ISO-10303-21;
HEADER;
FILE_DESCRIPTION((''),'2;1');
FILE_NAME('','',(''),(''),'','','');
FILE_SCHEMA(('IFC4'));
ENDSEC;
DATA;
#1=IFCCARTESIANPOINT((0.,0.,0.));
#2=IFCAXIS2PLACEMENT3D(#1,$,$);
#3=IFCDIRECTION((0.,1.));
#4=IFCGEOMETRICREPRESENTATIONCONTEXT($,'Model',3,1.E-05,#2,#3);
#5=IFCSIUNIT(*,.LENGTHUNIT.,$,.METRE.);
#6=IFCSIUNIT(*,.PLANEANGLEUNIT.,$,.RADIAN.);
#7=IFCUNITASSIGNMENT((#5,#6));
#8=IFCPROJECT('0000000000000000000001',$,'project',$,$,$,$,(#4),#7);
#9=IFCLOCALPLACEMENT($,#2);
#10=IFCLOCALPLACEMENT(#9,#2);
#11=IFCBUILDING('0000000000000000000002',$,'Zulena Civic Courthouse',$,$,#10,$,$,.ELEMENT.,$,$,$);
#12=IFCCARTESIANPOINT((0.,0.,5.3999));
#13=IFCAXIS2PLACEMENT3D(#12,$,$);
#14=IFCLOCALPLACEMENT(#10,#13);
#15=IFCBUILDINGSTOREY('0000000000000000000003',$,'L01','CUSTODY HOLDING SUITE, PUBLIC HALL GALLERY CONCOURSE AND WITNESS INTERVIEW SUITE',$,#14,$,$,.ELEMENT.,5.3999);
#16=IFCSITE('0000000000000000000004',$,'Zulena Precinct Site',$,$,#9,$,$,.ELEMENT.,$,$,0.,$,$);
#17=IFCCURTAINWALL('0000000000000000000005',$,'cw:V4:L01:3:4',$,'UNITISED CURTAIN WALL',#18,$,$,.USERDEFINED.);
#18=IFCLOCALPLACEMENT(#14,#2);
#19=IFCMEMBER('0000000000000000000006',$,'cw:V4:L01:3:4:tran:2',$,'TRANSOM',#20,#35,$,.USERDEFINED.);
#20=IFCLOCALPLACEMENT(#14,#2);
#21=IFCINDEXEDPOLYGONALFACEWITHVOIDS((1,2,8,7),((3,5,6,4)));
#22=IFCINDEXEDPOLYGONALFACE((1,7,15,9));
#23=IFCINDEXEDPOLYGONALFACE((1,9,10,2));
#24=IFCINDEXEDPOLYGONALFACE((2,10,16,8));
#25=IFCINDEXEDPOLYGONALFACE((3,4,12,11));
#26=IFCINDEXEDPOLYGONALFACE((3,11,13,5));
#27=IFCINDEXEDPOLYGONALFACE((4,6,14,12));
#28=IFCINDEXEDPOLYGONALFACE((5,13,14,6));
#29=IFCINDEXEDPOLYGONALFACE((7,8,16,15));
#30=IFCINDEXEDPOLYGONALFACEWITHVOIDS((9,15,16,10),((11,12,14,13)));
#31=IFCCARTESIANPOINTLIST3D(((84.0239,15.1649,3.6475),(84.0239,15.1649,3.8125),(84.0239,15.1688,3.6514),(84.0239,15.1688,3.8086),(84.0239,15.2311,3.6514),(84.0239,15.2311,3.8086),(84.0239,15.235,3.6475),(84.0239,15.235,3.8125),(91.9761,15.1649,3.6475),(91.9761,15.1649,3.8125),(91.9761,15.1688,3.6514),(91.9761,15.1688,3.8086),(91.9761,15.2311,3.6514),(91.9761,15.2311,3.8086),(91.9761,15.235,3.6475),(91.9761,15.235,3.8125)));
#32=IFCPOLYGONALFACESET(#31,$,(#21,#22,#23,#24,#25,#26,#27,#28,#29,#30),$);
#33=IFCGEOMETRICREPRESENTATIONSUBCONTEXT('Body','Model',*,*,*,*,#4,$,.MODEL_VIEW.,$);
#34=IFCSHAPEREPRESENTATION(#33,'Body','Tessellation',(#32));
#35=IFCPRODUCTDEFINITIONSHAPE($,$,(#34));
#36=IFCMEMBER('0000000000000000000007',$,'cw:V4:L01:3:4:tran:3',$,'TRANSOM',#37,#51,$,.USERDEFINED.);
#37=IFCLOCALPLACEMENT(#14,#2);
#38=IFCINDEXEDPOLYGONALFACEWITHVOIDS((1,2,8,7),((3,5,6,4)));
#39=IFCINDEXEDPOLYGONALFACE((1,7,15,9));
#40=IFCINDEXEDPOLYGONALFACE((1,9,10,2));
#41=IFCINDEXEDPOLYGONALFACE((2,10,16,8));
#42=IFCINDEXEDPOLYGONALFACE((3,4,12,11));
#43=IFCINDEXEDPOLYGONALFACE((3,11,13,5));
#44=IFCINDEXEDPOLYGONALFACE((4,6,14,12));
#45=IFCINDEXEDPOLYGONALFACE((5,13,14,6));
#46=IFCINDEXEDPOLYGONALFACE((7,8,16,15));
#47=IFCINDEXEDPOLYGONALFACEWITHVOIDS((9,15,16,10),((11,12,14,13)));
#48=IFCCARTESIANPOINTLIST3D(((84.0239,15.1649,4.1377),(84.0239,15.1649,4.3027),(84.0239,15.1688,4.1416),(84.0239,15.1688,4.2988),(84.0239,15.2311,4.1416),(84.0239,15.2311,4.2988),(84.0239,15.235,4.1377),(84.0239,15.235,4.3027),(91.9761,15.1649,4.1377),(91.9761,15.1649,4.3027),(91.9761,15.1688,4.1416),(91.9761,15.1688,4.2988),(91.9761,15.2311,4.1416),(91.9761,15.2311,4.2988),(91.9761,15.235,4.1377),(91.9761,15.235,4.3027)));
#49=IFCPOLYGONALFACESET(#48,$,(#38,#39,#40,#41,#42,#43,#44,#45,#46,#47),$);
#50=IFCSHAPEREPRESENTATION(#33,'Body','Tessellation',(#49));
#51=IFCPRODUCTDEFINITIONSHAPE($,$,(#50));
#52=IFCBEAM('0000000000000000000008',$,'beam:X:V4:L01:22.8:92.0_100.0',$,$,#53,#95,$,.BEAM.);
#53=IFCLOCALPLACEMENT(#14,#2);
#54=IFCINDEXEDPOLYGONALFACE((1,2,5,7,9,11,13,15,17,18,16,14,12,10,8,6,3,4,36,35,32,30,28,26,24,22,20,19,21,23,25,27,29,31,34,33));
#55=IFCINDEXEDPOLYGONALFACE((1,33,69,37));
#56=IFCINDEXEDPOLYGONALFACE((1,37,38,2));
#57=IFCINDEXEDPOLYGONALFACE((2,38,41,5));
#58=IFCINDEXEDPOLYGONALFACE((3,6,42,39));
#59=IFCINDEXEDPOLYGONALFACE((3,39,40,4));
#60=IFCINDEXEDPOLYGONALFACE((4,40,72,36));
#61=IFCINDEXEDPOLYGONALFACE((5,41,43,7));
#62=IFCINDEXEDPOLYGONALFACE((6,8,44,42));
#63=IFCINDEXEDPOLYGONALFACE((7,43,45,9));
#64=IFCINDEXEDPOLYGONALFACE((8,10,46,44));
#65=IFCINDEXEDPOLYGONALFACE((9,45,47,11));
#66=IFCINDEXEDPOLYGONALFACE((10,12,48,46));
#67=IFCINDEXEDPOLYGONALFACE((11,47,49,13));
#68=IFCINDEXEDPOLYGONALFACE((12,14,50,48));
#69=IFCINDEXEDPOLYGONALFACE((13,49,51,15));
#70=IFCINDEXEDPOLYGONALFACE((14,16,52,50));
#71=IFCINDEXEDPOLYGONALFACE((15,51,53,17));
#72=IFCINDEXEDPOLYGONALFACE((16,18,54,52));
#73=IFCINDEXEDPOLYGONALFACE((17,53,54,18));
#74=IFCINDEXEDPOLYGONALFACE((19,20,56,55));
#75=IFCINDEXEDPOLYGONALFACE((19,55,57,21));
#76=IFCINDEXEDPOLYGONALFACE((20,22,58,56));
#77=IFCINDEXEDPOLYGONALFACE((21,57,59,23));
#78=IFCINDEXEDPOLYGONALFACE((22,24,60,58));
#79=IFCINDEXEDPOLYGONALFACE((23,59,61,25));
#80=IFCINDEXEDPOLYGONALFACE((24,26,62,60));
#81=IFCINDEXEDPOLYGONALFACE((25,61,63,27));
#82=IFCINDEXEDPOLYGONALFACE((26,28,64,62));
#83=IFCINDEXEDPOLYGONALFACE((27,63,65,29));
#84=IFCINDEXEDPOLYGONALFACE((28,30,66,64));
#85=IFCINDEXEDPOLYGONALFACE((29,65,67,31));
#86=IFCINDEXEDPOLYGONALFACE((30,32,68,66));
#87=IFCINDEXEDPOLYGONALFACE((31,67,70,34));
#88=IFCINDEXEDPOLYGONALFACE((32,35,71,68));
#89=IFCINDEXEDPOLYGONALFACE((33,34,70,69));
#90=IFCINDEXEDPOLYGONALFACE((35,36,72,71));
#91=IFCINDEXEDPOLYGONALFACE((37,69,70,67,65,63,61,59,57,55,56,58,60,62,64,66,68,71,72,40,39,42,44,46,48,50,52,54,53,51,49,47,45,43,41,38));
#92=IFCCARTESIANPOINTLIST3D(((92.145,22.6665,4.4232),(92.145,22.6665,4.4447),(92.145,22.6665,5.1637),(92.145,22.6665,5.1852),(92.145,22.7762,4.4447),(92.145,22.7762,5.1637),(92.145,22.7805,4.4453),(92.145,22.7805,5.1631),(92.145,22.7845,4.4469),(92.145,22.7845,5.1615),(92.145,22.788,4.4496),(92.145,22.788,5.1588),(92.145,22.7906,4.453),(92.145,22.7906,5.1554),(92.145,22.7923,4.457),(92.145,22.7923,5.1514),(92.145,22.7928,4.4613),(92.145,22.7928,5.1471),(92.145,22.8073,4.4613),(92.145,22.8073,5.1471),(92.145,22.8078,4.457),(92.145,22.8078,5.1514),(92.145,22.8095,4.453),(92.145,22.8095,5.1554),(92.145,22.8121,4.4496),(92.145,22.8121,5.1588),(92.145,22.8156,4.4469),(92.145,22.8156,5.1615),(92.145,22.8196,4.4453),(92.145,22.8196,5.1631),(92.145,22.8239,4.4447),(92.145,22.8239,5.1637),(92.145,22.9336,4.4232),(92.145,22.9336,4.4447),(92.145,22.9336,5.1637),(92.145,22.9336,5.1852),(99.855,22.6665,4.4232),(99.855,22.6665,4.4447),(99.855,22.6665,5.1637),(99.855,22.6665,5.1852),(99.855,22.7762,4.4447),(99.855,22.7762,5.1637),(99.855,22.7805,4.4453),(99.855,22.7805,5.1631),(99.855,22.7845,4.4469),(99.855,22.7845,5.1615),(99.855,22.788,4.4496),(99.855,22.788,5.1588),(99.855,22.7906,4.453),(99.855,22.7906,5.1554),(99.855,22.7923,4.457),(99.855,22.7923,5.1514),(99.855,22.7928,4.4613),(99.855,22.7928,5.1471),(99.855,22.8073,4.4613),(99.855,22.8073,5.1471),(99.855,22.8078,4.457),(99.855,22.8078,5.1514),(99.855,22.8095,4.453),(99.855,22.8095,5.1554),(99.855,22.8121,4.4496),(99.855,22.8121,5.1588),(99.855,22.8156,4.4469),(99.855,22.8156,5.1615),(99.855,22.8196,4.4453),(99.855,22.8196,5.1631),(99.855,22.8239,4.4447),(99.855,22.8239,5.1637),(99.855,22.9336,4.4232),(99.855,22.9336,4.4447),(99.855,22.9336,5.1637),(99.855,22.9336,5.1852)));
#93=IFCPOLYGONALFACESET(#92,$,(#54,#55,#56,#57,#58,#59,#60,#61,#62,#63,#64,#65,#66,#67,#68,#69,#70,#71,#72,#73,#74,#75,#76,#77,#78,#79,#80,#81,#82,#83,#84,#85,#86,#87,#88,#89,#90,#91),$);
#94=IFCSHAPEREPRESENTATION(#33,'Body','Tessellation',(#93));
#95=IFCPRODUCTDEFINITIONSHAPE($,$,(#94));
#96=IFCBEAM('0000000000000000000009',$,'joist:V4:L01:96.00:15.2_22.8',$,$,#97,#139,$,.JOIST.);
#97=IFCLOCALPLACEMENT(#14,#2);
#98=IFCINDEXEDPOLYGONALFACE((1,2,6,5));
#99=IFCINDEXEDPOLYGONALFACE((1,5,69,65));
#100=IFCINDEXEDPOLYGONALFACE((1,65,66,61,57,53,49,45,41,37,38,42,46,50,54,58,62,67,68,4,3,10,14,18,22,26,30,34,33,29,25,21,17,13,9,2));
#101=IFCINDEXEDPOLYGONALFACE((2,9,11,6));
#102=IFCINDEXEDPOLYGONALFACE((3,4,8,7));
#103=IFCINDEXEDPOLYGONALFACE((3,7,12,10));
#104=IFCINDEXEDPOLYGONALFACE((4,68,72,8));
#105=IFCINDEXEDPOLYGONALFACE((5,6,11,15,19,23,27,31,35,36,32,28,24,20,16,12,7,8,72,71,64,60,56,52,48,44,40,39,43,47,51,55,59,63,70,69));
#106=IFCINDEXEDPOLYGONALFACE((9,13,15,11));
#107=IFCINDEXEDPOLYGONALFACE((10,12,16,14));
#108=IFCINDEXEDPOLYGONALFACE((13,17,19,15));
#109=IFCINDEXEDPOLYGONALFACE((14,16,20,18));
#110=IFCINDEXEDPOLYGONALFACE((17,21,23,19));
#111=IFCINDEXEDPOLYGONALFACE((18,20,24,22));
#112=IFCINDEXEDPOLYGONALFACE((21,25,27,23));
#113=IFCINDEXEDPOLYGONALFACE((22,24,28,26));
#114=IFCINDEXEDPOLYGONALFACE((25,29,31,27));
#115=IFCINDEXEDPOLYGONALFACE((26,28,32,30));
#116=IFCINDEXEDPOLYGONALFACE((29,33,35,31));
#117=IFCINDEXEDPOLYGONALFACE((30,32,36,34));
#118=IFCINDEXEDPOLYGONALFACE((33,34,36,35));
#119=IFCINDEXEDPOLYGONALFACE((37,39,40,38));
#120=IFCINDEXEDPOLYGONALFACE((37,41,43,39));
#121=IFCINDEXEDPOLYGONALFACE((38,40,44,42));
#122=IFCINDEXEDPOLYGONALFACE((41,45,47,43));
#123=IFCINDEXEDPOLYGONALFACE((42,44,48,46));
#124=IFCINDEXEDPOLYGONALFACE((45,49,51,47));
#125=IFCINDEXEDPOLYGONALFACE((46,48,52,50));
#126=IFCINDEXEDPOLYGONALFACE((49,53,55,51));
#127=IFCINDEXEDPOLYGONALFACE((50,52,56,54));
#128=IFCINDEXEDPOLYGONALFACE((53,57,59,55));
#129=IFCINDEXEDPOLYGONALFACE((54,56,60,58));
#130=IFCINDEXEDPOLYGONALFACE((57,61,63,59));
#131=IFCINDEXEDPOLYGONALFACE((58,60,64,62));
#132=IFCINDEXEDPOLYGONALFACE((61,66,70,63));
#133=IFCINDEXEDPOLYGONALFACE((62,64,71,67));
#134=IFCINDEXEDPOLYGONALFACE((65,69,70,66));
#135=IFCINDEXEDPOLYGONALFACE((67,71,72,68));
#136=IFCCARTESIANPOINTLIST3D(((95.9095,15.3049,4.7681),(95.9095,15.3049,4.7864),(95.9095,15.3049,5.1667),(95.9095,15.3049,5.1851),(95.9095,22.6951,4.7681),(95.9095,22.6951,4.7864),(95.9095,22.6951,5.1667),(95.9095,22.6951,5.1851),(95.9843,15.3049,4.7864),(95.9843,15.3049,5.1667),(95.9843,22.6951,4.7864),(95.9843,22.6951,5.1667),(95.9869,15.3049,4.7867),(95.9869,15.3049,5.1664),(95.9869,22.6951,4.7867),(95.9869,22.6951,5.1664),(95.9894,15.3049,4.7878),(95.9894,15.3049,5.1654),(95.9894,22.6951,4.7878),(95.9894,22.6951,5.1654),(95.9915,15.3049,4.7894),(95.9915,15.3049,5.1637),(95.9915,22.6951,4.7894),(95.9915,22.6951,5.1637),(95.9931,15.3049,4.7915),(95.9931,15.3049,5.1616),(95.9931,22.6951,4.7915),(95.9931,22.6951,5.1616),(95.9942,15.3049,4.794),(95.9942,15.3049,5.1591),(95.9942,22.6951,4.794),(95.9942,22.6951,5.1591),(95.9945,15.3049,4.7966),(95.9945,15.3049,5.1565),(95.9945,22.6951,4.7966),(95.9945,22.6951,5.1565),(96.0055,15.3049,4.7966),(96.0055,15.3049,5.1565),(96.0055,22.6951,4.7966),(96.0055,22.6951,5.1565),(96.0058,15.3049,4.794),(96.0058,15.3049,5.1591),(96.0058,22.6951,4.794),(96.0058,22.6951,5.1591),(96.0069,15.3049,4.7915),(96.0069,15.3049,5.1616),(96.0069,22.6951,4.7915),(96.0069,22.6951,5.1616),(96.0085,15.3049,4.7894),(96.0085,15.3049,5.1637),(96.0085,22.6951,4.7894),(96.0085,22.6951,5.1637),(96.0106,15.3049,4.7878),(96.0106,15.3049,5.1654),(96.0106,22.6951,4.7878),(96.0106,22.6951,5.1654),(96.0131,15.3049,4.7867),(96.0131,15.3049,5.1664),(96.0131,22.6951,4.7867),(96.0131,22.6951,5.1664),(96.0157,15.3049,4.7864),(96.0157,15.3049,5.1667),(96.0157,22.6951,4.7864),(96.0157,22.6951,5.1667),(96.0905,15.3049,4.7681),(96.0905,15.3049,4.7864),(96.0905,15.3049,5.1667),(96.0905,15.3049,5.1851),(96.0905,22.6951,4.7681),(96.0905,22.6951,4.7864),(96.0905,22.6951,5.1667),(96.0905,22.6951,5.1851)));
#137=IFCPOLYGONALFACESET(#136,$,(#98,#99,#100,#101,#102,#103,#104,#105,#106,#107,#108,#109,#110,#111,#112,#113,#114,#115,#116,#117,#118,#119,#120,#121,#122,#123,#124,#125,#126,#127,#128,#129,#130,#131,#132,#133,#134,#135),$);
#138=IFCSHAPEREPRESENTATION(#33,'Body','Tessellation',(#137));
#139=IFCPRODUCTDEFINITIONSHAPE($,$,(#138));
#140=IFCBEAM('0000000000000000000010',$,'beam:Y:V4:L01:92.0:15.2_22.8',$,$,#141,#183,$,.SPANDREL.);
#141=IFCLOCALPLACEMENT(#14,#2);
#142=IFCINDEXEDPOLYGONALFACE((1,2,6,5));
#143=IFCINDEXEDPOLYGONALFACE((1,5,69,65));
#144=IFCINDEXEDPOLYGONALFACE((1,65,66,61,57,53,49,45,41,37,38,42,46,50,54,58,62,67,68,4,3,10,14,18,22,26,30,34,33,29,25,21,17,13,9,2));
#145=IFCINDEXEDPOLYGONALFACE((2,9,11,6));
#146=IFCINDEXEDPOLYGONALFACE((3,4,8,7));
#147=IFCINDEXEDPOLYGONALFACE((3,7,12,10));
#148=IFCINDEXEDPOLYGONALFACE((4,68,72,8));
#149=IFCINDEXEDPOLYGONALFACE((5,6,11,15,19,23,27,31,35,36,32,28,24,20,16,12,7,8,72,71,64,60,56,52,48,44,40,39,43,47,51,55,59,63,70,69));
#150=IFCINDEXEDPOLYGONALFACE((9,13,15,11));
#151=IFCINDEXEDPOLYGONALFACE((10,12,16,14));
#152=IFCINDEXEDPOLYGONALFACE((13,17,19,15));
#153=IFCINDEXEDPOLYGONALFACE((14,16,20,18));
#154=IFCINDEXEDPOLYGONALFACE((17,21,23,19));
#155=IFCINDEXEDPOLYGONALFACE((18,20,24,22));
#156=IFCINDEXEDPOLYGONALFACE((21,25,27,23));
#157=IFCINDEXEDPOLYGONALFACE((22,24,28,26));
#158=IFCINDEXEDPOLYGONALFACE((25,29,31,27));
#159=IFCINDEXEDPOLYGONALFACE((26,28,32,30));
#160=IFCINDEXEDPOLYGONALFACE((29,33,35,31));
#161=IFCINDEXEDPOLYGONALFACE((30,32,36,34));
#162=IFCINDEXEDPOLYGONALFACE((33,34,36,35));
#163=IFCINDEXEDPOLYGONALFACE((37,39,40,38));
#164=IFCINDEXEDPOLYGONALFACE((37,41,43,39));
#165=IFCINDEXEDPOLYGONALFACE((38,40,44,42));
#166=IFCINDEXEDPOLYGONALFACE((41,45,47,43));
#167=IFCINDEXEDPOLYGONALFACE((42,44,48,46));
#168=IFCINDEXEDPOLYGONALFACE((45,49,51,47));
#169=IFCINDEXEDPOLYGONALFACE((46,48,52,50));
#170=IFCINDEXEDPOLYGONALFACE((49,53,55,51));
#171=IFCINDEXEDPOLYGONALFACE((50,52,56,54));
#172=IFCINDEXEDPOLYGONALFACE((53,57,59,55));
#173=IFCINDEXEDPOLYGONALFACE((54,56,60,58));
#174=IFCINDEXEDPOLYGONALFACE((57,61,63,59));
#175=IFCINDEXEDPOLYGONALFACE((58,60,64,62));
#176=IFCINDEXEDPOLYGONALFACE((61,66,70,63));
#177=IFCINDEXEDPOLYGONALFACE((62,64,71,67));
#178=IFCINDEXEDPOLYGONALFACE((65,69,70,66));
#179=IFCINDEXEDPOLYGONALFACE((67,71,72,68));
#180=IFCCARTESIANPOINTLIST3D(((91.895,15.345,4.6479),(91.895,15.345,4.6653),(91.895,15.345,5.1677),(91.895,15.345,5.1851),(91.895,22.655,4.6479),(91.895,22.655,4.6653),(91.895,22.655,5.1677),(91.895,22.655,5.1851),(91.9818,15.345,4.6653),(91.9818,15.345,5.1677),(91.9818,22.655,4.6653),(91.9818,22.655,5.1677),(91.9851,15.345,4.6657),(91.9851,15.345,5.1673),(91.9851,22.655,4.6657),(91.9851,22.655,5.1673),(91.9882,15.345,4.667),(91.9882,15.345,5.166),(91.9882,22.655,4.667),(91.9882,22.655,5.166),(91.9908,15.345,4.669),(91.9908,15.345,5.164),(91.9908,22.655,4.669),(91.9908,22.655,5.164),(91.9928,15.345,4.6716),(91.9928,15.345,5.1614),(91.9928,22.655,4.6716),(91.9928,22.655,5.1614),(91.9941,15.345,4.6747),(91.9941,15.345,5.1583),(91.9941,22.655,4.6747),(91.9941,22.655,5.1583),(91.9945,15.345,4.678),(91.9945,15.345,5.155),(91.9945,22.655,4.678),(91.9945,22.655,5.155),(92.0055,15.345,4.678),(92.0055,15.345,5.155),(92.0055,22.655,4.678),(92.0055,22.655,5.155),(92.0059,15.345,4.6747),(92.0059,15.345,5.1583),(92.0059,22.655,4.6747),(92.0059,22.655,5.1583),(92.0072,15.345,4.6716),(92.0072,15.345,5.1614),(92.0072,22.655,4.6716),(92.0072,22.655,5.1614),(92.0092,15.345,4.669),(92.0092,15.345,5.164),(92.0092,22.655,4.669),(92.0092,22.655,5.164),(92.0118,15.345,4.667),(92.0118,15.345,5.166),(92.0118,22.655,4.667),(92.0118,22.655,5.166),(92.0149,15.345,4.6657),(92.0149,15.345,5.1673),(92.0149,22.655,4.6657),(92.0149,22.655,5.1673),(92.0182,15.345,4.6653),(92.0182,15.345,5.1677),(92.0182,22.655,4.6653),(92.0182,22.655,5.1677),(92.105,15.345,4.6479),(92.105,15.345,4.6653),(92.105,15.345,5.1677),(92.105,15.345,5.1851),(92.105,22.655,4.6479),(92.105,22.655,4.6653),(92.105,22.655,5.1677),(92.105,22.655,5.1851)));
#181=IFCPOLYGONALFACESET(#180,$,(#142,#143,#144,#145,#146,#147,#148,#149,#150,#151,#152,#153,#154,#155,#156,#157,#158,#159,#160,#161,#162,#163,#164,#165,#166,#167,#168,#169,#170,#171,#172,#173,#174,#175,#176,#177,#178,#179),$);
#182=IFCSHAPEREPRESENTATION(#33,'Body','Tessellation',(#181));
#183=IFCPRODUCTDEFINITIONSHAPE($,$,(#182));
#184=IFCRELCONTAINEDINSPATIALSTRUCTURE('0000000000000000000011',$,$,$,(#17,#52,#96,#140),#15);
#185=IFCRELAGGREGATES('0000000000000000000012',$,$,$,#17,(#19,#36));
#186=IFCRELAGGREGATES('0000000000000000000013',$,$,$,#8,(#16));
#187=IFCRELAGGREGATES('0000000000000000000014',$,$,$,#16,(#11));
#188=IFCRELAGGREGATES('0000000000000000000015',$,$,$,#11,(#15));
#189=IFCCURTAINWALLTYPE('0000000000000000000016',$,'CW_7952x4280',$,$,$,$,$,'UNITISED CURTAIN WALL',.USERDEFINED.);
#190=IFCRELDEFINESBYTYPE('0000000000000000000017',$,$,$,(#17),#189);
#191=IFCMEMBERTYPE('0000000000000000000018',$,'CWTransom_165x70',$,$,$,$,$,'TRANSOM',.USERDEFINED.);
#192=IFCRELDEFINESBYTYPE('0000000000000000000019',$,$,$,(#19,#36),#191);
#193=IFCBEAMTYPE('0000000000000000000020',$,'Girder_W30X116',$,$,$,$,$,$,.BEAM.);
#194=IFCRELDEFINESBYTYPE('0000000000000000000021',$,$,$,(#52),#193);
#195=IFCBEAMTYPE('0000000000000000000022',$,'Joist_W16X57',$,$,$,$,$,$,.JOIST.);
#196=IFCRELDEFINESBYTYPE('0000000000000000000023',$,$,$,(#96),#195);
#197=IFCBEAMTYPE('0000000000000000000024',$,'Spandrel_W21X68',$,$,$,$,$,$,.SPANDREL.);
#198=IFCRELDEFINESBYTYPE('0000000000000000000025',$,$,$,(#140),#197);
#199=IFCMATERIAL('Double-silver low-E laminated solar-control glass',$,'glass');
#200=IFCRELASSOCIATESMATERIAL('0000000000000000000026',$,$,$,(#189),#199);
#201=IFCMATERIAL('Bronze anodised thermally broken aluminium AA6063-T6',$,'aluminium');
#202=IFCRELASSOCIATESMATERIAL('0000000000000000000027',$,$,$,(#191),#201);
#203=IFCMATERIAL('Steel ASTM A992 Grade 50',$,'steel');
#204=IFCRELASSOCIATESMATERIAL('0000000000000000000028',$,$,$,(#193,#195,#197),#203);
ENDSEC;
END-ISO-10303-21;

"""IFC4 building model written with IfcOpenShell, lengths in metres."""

from ifc_helpers import new_model, si_unit, direction, frame, origin, origin_2d, place, context, subcontext, project, spatial, hollow_rectangle, i_section, extrude, material, material_profile, profile_set, type_object, element, aggregate, save


model = new_model("IFC4")

# Units and contexts
model_context = context("Model", 3, precision=1e-05, world=origin(), true_north=direction((0.0, 1.0)))
body_context = subcontext(model_context, "Body", "Model", "MODEL_VIEW")
ifc_project = project(units=[si_unit("LENGTHUNIT", "METRE"), si_unit("PLANEANGLEUNIT", "RADIAN")], contexts=[model_context])

# Site, building, storey
site_placement = place(None, origin())
site = spatial("IfcSite", under=ifc_project, at=site_placement, Name="Zulena Precinct Site", CompositionType="ELEMENT", RefElevation=0.0)
building_placement = place(site_placement, origin())
building = spatial("IfcBuilding", under=site, at=building_placement, Name="Zulena Civic Courthouse", CompositionType="ELEMENT")
storey_placement = place(building_placement, frame((0.0, 0.0, 5.3999)))
storey = spatial("IfcBuildingStorey", under=building, at=storey_placement, Name="L01", Description="CUSTODY HOLDING SUITE, PUBLIC HALL GALLERY CONCOURSE AND WITNESS INTERVIEW SUITE", CompositionType="ELEMENT", Elevation=5.3999)

# Shared definitions
ifc_material_1 = material(Name="Steel ASTM A992 Grade 50", Category="steel")

# Curtain wall, members
ifc_material_2 = material(Name="Double-silver low-E laminated solar-control glass", Category="glass")
curtain_wall_type = type_object("IfcCurtainWallType", Name="CW_7952x4280", ElementType="UNITISED CURTAIN WALL", PredefinedType="USERDEFINED", material=ifc_material_2)
ifc_material_3 = material(Name="Bronze anodised thermally broken aluminium AA6063-T6", Category="aluminium")
curtain_wall_1_placement = place(storey_placement, origin())
curtain_wall_1 = element("IfcCurtainWall", 1, at=curtain_wall_1_placement, inside=storey, type_object=curtain_wall_type, Name="cw:V4:L01:3:4", ObjectType="UNITISED CURTAIN WALL", PredefinedType="USERDEFINED")
ifc_material_profile_1 = material_profile(ifc_material_3, hollow_rectangle(XDim=0.0701, YDim=0.165, WallThickness=0.0039, at=origin_2d()), Name="CWT165X70X4")
ifc_profile_set_1 = profile_set([ifc_material_profile_1], Name="Bronze anodised thermally broken aluminium AA6063-T6")
member_type_1 = type_object("IfcMemberType", Name="CWTransom_165x70", ElementType="TRANSOM", PredefinedType="USERDEFINED", material=ifc_profile_set_1)
member_1_placement = place(storey_placement, frame((91.9761, 15.2, 3.73), z_axis=(-1.0, 0.0, 0.0), x_axis=(0.0, -1.0, 0.0)))
member_1 = element("IfcMember", 2, at=member_1_placement, type_object=member_type_1, Name="cw:V4:L01:3:4:tran:2", ObjectType="TRANSOM", PredefinedType="USERDEFINED", context=body_context, shape_type="SweptSolid", body=[
    extrude(hollow_rectangle(XDim=0.0701, YDim=0.165, WallThickness=0.0039, at=origin_2d()), origin(), (0.0, 0.0, 1.0), 7.9521),
])
member_2_placement = place(storey_placement, frame((91.9761, 15.2, 4.2202), z_axis=(-1.0, 0.0, 0.0), x_axis=(0.0, -1.0, 0.0)))
member_2 = element("IfcMember", 3, at=member_2_placement, type_object=member_type_1, Name="cw:V4:L01:3:4:tran:3", ObjectType="TRANSOM", PredefinedType="USERDEFINED", context=body_context, shape_type="SweptSolid", body=[
    extrude(hollow_rectangle(XDim=0.0701, YDim=0.165, WallThickness=0.0039, at=origin_2d()), origin(), (0.0, 0.0, 1.0), 7.9521),
])
aggregate(curtain_wall_1, [member_1, member_2])

# Beams
ifc_material_profile_2 = material_profile(ifc_material_1, i_section(OverallWidth=0.2671, OverallDepth=0.762, WebThickness=0.0144, FlangeThickness=0.0215, FilletRadius=0.0166, at=origin_2d()), Name="W30X116")
ifc_profile_set_2 = profile_set([ifc_material_profile_2], Name="Steel ASTM A992 Grade 50")
beam_type_1 = type_object("IfcBeamType", Name="Girder_W30X116", PredefinedType="BEAM", material=ifc_profile_set_2)
beam_1_placement = place(storey_placement, frame((92.145, 22.8, 4.8042), z_axis=(1.0, 0.0, 0.0), x_axis=(0.0, 1.0, 0.0)))
element("IfcBeam", 4, at=beam_1_placement, inside=storey, type_object=beam_type_1, Name="beam:X:V4:L01:22.8:92.0_100.0", PredefinedType="BEAM", context=body_context, shape_type="SweptSolid", body=[
    extrude(i_section(OverallWidth=0.2671, OverallDepth=0.762, WebThickness=0.0144, FlangeThickness=0.0215, FilletRadius=0.0166, at=origin_2d()), origin(), (0.0, 0.0, 1.0), 7.71),
])
ifc_material_profile_3 = material_profile(ifc_material_1, i_section(OverallWidth=0.1809, OverallDepth=0.417, WebThickness=0.011, FlangeThickness=0.0183, FilletRadius=0.0103, at=origin_2d()), Name="W16X57")
ifc_profile_set_3 = profile_set([ifc_material_profile_3], Name="Steel ASTM A992 Grade 50")
beam_type_2 = type_object("IfcBeamType", Name="Joist_W16X57", PredefinedType="JOIST", material=ifc_profile_set_3)
beam_2_placement = place(storey_placement, frame((96.0, 15.3049, 4.9766), z_axis=(0.0, 1.0, 0.0), x_axis=(-1.0, 0.0, 0.0)))
element("IfcBeam", 5, at=beam_2_placement, inside=storey, type_object=beam_type_2, Name="joist:V4:L01:96.00:15.2_22.8", PredefinedType="JOIST", context=body_context, shape_type="SweptSolid", body=[
    extrude(i_section(OverallWidth=0.1809, OverallDepth=0.417, WebThickness=0.011, FlangeThickness=0.0183, FilletRadius=0.0103, at=origin_2d()), origin(), (0.0, 0.0, 1.0), 7.3901),
])
ifc_material_profile_4 = material_profile(ifc_material_1, i_section(OverallWidth=0.21, OverallDepth=0.5371, WebThickness=0.011, FlangeThickness=0.0173, FilletRadius=0.0127, at=origin_2d()), Name="W21X68")
ifc_profile_set_4 = profile_set([ifc_material_profile_4], Name="Steel ASTM A992 Grade 50")
beam_type_3 = type_object("IfcBeamType", Name="Spandrel_W21X68", PredefinedType="SPANDREL", material=ifc_profile_set_4)
beam_3_placement = place(storey_placement, frame((92.0, 15.345, 4.9165), z_axis=(0.0, 1.0, 0.0), x_axis=(-1.0, 0.0, 0.0)))
element("IfcBeam", 6, at=beam_3_placement, inside=storey, type_object=beam_type_3, Name="beam:Y:V4:L01:92.0:15.2_22.8", PredefinedType="SPANDREL", context=body_context, shape_type="SweptSolid", body=[
    extrude(i_section(OverallWidth=0.21, OverallDepth=0.5371, WebThickness=0.011, FlangeThickness=0.0173, FilletRadius=0.0127, at=origin_2d()), origin(), (0.0, 0.0, 1.0), 7.3101),
])

save(model, "model.ifc")
